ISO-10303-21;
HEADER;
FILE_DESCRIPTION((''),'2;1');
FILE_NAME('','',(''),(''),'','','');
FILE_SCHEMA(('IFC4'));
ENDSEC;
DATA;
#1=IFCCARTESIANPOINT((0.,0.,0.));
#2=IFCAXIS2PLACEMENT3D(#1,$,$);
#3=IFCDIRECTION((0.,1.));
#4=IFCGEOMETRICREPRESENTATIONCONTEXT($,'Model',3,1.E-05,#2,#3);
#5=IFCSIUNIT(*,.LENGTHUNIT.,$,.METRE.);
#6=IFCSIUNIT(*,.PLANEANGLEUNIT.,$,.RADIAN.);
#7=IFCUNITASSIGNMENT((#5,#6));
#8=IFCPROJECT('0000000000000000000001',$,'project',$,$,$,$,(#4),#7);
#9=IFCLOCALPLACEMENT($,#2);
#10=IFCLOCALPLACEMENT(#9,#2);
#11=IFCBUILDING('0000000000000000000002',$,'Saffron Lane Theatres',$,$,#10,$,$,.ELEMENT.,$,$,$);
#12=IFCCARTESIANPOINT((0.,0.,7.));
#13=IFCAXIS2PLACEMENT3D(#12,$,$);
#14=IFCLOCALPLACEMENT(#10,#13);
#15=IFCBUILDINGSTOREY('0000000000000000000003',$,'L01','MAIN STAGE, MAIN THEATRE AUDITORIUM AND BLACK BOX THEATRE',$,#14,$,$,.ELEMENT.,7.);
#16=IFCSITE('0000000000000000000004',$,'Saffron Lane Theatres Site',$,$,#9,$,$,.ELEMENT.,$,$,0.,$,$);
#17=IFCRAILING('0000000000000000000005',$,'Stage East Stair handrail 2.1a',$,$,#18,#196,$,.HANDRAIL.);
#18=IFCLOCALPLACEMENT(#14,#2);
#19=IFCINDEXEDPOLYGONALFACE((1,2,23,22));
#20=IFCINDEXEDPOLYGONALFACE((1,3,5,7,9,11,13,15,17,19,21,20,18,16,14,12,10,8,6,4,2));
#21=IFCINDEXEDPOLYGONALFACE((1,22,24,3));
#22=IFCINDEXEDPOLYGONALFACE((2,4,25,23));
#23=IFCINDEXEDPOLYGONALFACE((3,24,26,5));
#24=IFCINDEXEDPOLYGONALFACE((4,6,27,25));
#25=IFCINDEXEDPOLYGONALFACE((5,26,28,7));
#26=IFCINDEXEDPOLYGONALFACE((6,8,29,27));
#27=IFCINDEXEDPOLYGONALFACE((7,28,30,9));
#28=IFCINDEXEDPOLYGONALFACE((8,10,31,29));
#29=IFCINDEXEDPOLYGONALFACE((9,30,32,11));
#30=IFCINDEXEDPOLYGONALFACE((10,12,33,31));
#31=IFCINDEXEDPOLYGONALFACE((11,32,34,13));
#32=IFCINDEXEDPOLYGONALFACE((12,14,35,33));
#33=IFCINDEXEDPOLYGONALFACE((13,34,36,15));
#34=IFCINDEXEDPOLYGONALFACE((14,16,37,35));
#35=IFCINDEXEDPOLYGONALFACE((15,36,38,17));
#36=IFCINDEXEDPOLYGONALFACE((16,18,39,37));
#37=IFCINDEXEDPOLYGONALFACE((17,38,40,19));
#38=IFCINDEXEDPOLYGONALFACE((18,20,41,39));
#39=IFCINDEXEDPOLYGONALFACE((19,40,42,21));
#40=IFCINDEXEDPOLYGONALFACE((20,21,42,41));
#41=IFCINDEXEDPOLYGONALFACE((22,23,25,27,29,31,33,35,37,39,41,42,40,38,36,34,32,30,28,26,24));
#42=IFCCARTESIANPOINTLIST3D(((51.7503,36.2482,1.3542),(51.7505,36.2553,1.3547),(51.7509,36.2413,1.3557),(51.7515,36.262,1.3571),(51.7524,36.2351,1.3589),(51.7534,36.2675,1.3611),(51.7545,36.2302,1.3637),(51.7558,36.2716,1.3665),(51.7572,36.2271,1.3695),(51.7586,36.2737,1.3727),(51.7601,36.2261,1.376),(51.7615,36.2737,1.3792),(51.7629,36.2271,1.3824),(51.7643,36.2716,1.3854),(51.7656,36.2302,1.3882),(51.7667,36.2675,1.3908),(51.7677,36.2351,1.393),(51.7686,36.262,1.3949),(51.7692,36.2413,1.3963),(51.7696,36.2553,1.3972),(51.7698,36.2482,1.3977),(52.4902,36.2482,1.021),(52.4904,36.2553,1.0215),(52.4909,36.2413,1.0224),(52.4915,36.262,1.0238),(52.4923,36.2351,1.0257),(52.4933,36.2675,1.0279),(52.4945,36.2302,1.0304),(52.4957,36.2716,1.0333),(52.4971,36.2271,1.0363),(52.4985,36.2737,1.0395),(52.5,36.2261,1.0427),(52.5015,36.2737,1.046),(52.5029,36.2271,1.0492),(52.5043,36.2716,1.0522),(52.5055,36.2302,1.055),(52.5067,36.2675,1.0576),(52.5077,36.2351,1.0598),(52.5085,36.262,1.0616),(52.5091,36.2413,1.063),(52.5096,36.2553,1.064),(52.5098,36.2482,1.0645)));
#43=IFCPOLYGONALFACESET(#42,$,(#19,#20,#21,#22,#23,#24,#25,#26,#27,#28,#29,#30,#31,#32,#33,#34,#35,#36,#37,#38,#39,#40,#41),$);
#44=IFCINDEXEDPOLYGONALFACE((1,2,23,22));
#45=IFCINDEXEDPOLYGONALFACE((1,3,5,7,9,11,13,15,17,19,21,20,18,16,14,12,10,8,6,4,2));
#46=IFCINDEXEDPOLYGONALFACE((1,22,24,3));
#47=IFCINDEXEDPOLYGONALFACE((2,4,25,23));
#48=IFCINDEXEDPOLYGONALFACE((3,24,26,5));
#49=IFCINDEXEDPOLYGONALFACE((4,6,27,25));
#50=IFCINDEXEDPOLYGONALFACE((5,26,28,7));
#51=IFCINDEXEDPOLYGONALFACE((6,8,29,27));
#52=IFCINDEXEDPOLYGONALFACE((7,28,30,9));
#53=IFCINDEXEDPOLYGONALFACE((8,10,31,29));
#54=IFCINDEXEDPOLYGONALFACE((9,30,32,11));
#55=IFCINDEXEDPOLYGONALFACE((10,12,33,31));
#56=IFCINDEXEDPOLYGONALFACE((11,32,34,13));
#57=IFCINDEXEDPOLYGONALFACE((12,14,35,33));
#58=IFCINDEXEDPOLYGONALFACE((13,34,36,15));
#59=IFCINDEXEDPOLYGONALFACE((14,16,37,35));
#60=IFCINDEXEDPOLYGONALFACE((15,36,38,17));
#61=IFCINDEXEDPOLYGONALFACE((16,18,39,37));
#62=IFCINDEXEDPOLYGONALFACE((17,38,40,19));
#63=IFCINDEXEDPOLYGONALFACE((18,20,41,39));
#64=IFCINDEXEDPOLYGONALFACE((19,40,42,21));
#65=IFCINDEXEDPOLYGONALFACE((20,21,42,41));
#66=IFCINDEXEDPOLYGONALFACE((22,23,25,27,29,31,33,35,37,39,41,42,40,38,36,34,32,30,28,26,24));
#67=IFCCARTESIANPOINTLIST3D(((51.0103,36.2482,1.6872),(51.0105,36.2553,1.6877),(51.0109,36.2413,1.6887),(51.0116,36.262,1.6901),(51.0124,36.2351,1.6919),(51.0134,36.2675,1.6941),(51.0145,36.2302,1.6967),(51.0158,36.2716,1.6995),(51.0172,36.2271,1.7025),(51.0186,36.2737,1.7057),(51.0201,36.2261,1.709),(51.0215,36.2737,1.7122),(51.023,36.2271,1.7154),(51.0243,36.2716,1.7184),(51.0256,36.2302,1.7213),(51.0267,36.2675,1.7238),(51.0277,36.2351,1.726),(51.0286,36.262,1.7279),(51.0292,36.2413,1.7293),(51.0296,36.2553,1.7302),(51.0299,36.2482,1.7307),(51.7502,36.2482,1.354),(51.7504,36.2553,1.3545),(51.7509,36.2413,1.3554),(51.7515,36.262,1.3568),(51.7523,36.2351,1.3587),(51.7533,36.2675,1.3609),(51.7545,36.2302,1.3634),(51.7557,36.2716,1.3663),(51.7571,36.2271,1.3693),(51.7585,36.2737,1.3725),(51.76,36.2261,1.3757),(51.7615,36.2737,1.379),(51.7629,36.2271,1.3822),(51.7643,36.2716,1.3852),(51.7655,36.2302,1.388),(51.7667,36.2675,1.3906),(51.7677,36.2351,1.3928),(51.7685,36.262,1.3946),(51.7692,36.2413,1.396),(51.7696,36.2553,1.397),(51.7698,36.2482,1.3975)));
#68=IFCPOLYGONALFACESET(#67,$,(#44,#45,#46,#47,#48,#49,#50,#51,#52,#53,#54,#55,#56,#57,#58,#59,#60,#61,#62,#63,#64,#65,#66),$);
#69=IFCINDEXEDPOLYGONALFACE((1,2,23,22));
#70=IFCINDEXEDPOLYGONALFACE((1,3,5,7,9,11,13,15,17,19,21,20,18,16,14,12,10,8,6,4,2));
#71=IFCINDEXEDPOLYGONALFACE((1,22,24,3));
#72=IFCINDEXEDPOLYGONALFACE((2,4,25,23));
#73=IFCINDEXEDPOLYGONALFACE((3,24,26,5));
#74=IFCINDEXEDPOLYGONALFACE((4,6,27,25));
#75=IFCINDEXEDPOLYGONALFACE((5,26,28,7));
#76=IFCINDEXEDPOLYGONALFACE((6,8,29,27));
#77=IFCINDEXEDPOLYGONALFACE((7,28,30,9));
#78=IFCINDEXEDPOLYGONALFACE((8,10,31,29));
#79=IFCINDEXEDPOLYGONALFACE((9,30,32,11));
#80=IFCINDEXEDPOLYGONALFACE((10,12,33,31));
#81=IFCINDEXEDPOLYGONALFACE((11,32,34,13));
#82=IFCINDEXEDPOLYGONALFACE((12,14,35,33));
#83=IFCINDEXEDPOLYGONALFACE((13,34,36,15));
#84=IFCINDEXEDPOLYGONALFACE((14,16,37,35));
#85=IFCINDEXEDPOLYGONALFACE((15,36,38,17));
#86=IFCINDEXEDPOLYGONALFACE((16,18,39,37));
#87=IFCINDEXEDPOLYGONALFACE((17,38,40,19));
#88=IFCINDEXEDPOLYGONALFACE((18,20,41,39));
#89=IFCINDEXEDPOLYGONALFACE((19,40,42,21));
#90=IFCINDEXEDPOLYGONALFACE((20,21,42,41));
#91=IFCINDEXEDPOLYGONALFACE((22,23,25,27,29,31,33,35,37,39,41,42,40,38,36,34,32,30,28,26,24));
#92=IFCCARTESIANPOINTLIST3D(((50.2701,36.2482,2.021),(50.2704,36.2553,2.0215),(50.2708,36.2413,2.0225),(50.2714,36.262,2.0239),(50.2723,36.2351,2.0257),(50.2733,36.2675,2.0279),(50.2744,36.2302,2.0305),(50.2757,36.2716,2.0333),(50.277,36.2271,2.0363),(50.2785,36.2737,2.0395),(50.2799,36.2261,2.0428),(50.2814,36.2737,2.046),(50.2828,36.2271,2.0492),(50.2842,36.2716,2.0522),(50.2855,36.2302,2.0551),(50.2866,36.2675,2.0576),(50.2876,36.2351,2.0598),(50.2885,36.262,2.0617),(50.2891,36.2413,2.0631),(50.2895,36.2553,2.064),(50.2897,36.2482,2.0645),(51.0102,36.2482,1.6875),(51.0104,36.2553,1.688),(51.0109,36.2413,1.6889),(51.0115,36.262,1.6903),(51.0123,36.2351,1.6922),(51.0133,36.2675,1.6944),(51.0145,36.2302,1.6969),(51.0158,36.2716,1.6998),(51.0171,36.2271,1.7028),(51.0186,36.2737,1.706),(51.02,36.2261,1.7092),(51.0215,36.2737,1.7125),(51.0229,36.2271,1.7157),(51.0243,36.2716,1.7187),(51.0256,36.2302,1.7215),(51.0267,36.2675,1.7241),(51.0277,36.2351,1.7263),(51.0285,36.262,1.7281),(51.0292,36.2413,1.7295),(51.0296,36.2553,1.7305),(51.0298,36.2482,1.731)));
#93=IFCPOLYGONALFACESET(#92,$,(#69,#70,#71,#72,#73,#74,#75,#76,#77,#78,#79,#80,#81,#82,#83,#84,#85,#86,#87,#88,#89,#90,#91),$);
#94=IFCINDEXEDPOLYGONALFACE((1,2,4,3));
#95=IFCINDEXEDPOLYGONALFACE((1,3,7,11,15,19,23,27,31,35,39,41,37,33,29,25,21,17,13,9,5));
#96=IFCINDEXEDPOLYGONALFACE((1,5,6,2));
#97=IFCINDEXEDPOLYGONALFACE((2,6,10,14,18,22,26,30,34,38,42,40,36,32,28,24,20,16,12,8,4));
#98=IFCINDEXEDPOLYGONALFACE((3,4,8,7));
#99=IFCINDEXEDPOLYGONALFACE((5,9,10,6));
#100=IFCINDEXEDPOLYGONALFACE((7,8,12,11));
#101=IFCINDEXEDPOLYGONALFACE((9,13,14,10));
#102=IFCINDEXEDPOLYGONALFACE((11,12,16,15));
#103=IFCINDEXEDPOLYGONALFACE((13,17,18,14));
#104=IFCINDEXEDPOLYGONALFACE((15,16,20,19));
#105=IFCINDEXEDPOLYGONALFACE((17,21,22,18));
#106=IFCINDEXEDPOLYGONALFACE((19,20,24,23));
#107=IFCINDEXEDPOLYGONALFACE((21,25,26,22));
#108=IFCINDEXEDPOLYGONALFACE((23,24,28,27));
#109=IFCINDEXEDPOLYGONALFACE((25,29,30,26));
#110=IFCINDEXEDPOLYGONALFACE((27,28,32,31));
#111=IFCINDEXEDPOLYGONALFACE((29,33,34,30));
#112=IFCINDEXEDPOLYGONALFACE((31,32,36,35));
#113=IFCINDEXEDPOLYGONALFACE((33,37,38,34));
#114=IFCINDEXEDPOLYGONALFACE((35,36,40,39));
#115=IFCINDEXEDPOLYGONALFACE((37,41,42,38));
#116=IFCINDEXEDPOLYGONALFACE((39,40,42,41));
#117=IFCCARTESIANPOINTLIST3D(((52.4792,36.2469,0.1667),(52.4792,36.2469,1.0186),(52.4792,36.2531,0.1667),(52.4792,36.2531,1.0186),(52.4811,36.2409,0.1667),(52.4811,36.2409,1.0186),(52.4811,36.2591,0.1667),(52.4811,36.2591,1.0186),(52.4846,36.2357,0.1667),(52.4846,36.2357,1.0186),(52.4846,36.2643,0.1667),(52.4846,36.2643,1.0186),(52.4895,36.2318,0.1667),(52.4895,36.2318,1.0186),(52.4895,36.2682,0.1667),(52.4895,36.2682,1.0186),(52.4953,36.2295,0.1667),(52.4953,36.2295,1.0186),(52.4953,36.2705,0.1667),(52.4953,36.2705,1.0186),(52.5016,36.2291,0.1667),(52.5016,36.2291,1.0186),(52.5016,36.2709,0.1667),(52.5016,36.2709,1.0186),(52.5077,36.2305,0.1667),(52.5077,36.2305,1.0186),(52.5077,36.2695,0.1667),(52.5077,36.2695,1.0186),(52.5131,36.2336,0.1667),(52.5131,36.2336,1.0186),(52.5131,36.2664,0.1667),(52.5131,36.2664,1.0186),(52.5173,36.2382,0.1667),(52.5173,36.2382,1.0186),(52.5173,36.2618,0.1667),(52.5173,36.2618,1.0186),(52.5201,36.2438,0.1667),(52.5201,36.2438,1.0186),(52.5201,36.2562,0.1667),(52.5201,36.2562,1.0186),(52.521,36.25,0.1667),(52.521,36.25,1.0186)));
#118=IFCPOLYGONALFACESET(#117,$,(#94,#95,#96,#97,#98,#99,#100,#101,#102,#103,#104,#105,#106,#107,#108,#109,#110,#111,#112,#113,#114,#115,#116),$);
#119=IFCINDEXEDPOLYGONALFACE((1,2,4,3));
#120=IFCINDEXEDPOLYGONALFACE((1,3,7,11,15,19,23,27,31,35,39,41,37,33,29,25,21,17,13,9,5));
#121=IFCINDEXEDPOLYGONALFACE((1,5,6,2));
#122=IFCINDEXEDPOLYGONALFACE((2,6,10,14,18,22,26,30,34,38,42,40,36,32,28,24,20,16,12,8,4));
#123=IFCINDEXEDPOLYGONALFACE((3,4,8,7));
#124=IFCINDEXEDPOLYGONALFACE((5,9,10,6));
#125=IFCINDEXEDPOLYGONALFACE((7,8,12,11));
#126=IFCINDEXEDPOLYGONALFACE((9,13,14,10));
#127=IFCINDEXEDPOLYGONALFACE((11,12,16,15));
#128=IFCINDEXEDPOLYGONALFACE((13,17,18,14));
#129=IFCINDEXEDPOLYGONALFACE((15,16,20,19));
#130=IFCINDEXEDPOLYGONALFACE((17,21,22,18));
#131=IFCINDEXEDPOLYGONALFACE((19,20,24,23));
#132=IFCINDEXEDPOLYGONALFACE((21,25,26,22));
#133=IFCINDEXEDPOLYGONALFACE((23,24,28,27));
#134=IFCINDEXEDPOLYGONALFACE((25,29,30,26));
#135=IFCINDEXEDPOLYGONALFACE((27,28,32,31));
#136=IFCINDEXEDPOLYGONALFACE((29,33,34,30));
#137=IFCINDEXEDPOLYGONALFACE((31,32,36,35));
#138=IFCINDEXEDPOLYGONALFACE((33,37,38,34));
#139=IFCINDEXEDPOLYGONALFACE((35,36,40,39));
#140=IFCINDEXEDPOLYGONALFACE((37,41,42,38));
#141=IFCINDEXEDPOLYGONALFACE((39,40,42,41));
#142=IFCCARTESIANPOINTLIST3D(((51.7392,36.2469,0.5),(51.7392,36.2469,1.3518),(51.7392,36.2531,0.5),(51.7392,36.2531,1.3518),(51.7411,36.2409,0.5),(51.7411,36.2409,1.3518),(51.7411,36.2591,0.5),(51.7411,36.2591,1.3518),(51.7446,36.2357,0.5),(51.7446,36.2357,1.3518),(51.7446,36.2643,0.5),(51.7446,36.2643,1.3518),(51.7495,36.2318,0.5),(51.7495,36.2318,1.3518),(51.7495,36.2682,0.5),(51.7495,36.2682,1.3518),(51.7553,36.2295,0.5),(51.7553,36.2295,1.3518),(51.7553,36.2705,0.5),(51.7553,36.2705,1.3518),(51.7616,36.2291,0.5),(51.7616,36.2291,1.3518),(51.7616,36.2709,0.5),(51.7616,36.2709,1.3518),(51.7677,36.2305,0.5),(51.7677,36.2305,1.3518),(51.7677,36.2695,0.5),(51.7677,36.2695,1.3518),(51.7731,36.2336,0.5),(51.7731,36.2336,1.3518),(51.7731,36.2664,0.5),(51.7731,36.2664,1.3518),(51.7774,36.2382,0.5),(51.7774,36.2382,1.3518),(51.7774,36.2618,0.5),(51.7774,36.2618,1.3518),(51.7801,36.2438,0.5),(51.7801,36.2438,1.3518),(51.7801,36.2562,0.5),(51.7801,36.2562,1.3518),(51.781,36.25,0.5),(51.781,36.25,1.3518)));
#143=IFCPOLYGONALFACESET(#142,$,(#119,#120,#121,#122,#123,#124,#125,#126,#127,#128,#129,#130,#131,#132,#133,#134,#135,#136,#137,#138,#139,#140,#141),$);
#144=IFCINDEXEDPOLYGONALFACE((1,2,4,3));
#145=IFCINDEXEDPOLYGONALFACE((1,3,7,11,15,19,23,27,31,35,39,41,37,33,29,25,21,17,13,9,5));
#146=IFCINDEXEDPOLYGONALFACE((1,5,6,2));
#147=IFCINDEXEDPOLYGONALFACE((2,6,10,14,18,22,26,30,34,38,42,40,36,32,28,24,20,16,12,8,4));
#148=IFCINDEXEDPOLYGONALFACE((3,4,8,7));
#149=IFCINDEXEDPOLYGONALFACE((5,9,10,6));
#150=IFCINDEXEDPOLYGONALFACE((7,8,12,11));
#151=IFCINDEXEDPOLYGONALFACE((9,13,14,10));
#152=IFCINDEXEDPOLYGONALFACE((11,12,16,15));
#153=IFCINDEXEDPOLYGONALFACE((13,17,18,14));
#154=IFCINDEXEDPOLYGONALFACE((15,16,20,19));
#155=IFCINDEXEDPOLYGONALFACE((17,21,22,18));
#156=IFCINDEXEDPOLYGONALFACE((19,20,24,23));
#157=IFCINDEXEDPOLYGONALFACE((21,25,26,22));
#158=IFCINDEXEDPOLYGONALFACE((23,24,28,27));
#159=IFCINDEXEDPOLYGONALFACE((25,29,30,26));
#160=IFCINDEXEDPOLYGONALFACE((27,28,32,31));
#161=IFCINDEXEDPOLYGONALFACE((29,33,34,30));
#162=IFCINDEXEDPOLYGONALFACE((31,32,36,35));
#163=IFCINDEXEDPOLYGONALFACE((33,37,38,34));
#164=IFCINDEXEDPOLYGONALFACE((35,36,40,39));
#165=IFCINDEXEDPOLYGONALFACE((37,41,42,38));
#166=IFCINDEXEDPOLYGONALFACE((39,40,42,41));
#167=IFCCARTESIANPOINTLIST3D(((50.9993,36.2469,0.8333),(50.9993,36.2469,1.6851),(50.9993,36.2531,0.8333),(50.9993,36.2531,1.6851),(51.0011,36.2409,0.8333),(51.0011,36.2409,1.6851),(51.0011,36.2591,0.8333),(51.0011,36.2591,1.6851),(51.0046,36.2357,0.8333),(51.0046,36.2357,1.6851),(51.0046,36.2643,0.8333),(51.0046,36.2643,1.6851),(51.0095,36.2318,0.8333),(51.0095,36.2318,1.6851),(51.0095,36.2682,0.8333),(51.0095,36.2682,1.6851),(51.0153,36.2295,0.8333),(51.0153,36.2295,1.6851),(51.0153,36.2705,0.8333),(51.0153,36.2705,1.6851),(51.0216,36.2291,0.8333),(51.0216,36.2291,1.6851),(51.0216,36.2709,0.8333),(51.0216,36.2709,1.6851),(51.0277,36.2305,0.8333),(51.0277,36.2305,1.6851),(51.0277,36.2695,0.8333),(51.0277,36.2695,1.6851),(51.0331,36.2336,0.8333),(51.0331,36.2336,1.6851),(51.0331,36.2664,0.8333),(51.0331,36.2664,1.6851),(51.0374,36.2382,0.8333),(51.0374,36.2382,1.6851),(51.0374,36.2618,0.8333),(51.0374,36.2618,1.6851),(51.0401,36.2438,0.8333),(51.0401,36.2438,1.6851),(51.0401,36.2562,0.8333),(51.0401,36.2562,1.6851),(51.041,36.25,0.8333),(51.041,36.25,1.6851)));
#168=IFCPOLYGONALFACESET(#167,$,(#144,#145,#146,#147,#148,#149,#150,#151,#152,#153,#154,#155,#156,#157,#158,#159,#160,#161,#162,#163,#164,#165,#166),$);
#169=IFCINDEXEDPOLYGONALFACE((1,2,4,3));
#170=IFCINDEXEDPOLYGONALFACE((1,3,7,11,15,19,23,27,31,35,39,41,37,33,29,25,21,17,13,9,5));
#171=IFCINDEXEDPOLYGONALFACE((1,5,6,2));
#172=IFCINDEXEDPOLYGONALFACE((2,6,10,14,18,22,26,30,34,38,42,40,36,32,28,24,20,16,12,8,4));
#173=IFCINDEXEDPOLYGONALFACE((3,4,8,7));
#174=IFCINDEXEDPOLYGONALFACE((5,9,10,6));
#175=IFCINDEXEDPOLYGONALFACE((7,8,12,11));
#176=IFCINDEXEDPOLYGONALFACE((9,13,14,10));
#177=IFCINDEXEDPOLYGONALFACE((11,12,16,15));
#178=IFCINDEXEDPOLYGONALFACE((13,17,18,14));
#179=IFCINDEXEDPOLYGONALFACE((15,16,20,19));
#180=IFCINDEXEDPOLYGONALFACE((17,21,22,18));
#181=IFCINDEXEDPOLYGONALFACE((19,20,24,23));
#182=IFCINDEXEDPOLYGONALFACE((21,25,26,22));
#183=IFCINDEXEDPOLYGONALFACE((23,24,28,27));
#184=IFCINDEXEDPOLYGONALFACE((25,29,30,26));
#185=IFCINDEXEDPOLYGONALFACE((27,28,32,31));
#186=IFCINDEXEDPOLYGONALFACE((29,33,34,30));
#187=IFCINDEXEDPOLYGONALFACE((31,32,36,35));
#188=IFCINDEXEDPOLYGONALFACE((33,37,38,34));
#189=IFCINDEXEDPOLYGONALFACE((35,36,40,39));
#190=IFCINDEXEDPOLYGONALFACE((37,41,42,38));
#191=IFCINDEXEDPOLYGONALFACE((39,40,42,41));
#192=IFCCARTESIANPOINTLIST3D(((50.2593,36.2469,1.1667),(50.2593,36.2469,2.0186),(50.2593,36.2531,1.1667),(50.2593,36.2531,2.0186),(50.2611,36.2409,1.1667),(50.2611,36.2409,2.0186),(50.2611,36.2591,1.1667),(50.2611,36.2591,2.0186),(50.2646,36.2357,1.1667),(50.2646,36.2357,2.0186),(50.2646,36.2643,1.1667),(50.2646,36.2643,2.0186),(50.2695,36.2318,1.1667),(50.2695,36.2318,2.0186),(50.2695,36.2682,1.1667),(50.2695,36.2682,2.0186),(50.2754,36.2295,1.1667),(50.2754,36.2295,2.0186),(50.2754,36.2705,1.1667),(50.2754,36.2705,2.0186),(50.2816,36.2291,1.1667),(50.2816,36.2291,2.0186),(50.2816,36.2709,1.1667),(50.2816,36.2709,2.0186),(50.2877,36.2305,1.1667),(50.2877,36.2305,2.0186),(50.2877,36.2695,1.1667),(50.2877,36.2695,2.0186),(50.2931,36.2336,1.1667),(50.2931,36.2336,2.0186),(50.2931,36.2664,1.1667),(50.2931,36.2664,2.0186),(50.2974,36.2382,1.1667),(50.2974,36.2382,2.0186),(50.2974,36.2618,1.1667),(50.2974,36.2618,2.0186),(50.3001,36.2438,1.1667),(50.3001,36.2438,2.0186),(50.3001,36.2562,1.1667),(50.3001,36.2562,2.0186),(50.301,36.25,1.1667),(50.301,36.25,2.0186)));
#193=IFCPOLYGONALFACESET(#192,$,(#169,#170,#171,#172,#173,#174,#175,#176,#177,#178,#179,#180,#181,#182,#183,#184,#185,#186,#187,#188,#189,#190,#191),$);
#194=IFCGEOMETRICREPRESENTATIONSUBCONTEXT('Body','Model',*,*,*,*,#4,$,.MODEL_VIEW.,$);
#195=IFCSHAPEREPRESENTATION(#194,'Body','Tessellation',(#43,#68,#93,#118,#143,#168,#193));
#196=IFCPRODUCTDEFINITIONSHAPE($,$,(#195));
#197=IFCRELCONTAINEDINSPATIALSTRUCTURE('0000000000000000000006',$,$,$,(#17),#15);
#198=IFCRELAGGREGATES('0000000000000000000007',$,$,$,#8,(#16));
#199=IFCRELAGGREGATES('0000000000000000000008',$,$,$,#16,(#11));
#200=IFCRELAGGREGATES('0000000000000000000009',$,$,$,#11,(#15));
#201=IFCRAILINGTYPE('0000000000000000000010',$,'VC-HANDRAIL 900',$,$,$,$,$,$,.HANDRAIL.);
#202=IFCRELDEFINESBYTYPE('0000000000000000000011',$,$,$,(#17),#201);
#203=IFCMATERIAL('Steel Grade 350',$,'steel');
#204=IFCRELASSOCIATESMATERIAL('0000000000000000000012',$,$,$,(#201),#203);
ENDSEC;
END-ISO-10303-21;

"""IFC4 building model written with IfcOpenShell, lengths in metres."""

from ifc_helpers import new_model, si_unit, direction, frame, origin, origin_2d, place, context, subcontext, project, spatial, circle, extrude, material, type_object, element, save


model = new_model("IFC4")

# Units and contexts
model_context = context("Model", 3, precision=1e-05, world=origin(), true_north=direction((0.0, 1.0)))
body_context = subcontext(model_context, "Body", "Model", "MODEL_VIEW")
ifc_project = project(units=[si_unit("LENGTHUNIT", "METRE"), si_unit("PLANEANGLEUNIT", "RADIAN")], contexts=[model_context])

# Site, building, storey
site_placement = place(None, origin())
site = spatial("IfcSite", under=ifc_project, at=site_placement, Name="Saffron Lane Theatres Site", CompositionType="ELEMENT", RefElevation=0.0)
building_placement = place(site_placement, origin())
building = spatial("IfcBuilding", under=site, at=building_placement, Name="Saffron Lane Theatres", CompositionType="ELEMENT")
storey_placement = place(building_placement, frame((0.0, 0.0, 7.0)))
storey = spatial("IfcBuildingStorey", under=building, at=storey_placement, Name="L01", Description="MAIN STAGE, MAIN THEATRE AUDITORIUM AND BLACK BOX THEATRE", CompositionType="ELEMENT", Elevation=7.0)

# Railing
ifc_material_1 = material(Name="Steel Grade 350", Category="steel")
railing_type_1 = type_object("IfcRailingType", Name="VC-HANDRAIL 900", PredefinedType="HANDRAIL", material=ifc_material_1)
for number, where, name in (
    (1, (52.5, 36.25, 0.1667), "Stage East Stair handrail 2.1a"),
):
    element("IfcRailing", number, at=place(storey_placement, frame(where)), inside=storey, type_object=railing_type_1, Name=name, PredefinedType="HANDRAIL", context=body_context, shape_type="SweptSolid", body=[
        extrude(circle(Radius=0.0239, at=origin_2d()), frame((0.0, 0.0, 0.876), z_axis=(-0.911803, 0.0, 0.410627), x_axis=(0.0, -1.0, 0.0)), (0.0, 0.0, 1.0), 0.8115),
        extrude(circle(Radius=0.0239, at=origin_2d()), frame((-0.74, 0.0, 1.209), z_axis=(-0.911803, 0.0, 0.410627), x_axis=(0.0, -1.0, 0.0)), (0.0, 0.0, 1.0), 0.8115),
        extrude(circle(Radius=0.0239, at=origin_2d()), frame((-1.48, 0.0, 1.5425), z_axis=(-0.911691, 0.0, 0.410877), x_axis=(0.0, -1.0, 0.0)), (0.0, 0.0, 1.0), 0.8118),
        extrude(circle(Radius=0.021, at=origin_2d()), origin(), (0.0, 0.0, 1.0), 0.8518),
        extrude(circle(Radius=0.021, at=origin_2d()), frame((-0.74, 0.0, 0.3333)), (0.0, 0.0, 1.0), 0.8518),
        extrude(circle(Radius=0.021, at=origin_2d()), frame((-1.48, 0.0, 0.6665)), (0.0, 0.0, 1.0), 0.8518),
        extrude(circle(Radius=0.021, at=origin_2d()), frame((-2.22, 0.0, 1.0)), (0.0, 0.0, 1.0), 0.8518),
    ])

save(model, "model.ifc")
